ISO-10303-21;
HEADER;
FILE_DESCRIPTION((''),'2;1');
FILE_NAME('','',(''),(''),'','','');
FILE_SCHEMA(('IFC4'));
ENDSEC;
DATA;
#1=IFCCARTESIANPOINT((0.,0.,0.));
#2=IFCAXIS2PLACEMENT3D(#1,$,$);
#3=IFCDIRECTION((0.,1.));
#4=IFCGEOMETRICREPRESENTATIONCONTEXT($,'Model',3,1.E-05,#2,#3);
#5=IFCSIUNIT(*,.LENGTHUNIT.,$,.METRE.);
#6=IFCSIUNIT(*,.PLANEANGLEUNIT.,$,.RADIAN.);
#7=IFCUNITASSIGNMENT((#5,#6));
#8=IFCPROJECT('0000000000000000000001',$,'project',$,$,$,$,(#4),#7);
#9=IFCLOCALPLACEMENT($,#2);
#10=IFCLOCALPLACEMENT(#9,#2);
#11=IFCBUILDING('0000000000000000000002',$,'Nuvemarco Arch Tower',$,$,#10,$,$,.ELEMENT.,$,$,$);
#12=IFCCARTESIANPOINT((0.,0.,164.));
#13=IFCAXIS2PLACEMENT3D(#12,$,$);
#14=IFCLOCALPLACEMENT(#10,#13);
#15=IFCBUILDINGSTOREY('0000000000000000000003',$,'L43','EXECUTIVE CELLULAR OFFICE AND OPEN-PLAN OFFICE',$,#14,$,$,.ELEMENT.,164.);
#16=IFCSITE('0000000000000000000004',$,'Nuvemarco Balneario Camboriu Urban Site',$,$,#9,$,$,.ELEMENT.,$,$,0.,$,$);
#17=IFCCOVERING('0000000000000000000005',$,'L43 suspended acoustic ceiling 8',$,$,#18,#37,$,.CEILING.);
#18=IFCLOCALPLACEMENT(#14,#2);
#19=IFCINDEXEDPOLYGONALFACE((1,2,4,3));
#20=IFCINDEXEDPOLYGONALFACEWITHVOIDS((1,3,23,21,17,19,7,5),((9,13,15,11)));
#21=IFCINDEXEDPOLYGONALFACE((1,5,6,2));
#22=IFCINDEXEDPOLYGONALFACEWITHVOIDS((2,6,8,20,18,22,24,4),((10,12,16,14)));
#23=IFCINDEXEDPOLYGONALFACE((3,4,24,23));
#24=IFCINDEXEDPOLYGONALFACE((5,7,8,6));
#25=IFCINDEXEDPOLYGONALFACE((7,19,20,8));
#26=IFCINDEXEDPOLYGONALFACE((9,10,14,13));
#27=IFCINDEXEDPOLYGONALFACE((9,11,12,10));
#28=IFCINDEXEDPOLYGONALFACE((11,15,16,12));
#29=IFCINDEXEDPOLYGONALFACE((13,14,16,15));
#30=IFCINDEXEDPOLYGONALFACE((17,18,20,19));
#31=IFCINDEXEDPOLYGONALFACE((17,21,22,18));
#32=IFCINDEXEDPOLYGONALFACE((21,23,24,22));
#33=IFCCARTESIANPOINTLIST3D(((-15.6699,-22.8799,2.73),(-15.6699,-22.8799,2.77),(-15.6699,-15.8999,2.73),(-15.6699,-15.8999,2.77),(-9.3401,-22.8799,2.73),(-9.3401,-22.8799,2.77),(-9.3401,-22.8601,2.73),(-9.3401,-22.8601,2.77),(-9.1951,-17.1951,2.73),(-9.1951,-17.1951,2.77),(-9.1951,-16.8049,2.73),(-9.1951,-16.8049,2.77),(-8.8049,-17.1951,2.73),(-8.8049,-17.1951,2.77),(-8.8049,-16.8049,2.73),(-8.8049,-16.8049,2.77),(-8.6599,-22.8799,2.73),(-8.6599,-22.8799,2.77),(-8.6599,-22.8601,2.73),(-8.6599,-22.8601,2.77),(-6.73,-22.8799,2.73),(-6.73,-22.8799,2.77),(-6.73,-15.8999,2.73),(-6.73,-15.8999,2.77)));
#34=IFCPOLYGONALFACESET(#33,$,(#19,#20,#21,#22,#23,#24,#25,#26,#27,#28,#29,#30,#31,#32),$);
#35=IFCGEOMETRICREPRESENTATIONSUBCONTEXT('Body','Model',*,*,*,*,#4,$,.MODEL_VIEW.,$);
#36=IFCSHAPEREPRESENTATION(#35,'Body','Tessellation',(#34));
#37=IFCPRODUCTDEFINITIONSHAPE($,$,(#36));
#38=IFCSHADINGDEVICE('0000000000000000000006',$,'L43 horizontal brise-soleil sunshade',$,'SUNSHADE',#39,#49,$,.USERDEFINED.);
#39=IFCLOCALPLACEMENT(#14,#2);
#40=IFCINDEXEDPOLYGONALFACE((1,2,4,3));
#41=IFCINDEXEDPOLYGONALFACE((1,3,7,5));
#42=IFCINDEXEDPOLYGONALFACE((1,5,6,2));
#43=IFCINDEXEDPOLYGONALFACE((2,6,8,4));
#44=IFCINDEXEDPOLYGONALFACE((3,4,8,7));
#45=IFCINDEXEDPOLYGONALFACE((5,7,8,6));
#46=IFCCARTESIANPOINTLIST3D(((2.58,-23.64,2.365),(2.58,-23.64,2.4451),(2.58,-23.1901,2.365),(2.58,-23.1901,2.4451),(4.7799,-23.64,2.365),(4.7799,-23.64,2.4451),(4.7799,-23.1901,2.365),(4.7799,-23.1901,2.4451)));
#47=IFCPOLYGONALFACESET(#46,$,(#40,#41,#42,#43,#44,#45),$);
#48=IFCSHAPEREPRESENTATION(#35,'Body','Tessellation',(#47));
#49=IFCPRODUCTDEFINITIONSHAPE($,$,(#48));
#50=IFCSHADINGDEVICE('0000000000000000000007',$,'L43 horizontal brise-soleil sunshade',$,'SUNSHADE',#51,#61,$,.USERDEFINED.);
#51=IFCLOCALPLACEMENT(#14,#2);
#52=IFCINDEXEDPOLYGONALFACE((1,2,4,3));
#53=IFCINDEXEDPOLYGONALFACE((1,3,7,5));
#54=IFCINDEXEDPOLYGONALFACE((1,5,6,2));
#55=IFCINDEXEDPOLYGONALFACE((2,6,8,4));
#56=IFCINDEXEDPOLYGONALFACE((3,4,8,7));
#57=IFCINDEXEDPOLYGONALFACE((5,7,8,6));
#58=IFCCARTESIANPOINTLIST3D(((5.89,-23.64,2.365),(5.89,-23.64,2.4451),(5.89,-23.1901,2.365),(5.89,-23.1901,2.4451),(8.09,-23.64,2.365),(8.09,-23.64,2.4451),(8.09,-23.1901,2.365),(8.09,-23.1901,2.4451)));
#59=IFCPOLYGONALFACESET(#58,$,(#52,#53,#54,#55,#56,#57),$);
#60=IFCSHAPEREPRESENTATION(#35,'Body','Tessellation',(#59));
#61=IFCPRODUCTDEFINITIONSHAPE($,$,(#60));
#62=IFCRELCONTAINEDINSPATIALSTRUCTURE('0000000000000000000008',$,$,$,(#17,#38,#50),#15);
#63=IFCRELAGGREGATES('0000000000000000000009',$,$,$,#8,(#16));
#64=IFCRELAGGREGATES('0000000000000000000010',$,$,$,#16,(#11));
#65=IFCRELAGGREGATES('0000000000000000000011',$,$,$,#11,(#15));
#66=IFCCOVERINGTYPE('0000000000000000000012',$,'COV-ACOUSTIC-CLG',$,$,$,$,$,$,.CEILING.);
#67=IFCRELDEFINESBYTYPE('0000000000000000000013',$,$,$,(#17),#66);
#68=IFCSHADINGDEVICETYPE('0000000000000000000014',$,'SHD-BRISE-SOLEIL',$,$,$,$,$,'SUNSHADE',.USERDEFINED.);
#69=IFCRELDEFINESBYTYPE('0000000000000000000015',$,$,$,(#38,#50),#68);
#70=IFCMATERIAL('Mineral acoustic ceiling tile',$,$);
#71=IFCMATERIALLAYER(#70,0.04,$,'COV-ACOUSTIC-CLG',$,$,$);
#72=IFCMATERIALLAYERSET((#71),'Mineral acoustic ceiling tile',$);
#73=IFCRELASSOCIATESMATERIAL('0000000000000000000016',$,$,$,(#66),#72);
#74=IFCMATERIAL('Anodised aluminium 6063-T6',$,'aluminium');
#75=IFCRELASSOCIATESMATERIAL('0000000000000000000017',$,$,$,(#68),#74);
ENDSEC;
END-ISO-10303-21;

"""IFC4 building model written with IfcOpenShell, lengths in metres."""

from ifc_helpers import new_model, si_unit, direction, frame, origin, origin_2d, place, context, subcontext, project, spatial, polyline, rectangle, outline, extrude, source, transform, mapped, material, layer, layer_set, type_object, type_shapes, element, save


model = new_model("IFC4")

# Units and contexts
model_context = context("Model", 3, precision=1e-05, world=origin(), true_north=direction((0.0, 1.0)))
body_context = subcontext(model_context, "Body", "Model", "MODEL_VIEW")
ifc_project = project(units=[si_unit("LENGTHUNIT", "METRE"), si_unit("PLANEANGLEUNIT", "RADIAN")], contexts=[model_context])

# Site, building, storey
site_placement = place(None, origin())
site = spatial("IfcSite", under=ifc_project, at=site_placement, Name="Nuvemarco Balneario Camboriu Urban Site", CompositionType="ELEMENT", RefElevation=0.0)
building_placement = place(site_placement, origin())
building = spatial("IfcBuilding", under=site, at=building_placement, Name="Nuvemarco Arch Tower", CompositionType="ELEMENT")
storey_placement = place(building_placement, frame((0.0, 0.0, 164.0)))
storey = spatial("IfcBuildingStorey", under=building, at=storey_placement, Name="L43", Description="EXECUTIVE CELLULAR OFFICE AND OPEN-PLAN OFFICE", CompositionType="ELEMENT", Elevation=164.0)

# Covering
ifc_material_1 = material(Name="Mineral acoustic ceiling tile")
ifc_layer_1 = layer(ifc_material_1, 0.04, Name="COV-ACOUSTIC-CLG")
ifc_layer_set_1 = layer_set([ifc_layer_1], Name="Mineral acoustic ceiling tile")
covering_type = type_object("IfcCoveringType", Name="COV-ACOUSTIC-CLG", PredefinedType="CEILING", material=ifc_layer_set_1)
covering_1_placement = place(storey_placement, frame((0.0, 0.0, 2.73)))
element("IfcCovering", 1, at=covering_1_placement, inside=storey, type_object=covering_type, Name="L43 suspended acoustic ceiling 8", PredefinedType="CEILING", context=body_context, shape_type="SweptSolid", body=[
    extrude(outline(polyline([(-8.6599, -22.8799), (-8.6599, -22.8601), (-9.3401, -22.8601), (-9.3401, -22.8799), (-15.6699, -22.8799), (-15.6699, -15.8999), (-6.73, -15.8999), (-6.73, -22.8799), (-8.6599, -22.8799)]), holes=[polyline([(-8.8049, -17.1951), (-8.8049, -16.8049), (-9.1951, -16.8049), (-9.1951, -17.1951), (-8.8049, -17.1951)])]), origin(), (0.0, 0.0, 1.0), 0.04),
])

# Shading devices
ifc_material_2 = material(Name="Anodised aluminium 6063-T6", Category="aluminium")
shading_device_type = type_object("IfcShadingDeviceType", Name="SHD-BRISE-SOLEIL", ElementType="SUNSHADE", PredefinedType="USERDEFINED", material=ifc_material_2)
shared_shape_1 = source(origin(), body_context, "Body", "SweptSolid", [
    extrude(rectangle(XDim=2.2, YDim=0.45, at=origin_2d()), origin(), (0.0, 0.0, 1.0), 0.0801),
])
type_shapes(shading_device_type, [shared_shape_1])
for number, where, z_axis, x_axis, name in (
    (2, (3.6799, -23.415, 2.365), (0.0, 0.0, 1.0), (1.0, 0.0, 0.0), "L43 horizontal brise-soleil sunshade"),
    (3, (6.99, -23.415, 2.365), (0.0, 0.0, 1.0), (1.0, 0.0, 0.0), "L43 horizontal brise-soleil sunshade"),
):
    element("IfcShadingDevice", number, at=place(storey_placement, frame(where, z_axis=z_axis, x_axis=x_axis)), inside=storey, type_object=shading_device_type, Name=name, ObjectType="SUNSHADE", PredefinedType="USERDEFINED", context=body_context, shape_type="MappedRepresentation", body=[
        mapped(shared_shape_1, transform((0.0, 0.0, 0.0), scale=1.0)),
    ])

save(model, "model.ifc")
